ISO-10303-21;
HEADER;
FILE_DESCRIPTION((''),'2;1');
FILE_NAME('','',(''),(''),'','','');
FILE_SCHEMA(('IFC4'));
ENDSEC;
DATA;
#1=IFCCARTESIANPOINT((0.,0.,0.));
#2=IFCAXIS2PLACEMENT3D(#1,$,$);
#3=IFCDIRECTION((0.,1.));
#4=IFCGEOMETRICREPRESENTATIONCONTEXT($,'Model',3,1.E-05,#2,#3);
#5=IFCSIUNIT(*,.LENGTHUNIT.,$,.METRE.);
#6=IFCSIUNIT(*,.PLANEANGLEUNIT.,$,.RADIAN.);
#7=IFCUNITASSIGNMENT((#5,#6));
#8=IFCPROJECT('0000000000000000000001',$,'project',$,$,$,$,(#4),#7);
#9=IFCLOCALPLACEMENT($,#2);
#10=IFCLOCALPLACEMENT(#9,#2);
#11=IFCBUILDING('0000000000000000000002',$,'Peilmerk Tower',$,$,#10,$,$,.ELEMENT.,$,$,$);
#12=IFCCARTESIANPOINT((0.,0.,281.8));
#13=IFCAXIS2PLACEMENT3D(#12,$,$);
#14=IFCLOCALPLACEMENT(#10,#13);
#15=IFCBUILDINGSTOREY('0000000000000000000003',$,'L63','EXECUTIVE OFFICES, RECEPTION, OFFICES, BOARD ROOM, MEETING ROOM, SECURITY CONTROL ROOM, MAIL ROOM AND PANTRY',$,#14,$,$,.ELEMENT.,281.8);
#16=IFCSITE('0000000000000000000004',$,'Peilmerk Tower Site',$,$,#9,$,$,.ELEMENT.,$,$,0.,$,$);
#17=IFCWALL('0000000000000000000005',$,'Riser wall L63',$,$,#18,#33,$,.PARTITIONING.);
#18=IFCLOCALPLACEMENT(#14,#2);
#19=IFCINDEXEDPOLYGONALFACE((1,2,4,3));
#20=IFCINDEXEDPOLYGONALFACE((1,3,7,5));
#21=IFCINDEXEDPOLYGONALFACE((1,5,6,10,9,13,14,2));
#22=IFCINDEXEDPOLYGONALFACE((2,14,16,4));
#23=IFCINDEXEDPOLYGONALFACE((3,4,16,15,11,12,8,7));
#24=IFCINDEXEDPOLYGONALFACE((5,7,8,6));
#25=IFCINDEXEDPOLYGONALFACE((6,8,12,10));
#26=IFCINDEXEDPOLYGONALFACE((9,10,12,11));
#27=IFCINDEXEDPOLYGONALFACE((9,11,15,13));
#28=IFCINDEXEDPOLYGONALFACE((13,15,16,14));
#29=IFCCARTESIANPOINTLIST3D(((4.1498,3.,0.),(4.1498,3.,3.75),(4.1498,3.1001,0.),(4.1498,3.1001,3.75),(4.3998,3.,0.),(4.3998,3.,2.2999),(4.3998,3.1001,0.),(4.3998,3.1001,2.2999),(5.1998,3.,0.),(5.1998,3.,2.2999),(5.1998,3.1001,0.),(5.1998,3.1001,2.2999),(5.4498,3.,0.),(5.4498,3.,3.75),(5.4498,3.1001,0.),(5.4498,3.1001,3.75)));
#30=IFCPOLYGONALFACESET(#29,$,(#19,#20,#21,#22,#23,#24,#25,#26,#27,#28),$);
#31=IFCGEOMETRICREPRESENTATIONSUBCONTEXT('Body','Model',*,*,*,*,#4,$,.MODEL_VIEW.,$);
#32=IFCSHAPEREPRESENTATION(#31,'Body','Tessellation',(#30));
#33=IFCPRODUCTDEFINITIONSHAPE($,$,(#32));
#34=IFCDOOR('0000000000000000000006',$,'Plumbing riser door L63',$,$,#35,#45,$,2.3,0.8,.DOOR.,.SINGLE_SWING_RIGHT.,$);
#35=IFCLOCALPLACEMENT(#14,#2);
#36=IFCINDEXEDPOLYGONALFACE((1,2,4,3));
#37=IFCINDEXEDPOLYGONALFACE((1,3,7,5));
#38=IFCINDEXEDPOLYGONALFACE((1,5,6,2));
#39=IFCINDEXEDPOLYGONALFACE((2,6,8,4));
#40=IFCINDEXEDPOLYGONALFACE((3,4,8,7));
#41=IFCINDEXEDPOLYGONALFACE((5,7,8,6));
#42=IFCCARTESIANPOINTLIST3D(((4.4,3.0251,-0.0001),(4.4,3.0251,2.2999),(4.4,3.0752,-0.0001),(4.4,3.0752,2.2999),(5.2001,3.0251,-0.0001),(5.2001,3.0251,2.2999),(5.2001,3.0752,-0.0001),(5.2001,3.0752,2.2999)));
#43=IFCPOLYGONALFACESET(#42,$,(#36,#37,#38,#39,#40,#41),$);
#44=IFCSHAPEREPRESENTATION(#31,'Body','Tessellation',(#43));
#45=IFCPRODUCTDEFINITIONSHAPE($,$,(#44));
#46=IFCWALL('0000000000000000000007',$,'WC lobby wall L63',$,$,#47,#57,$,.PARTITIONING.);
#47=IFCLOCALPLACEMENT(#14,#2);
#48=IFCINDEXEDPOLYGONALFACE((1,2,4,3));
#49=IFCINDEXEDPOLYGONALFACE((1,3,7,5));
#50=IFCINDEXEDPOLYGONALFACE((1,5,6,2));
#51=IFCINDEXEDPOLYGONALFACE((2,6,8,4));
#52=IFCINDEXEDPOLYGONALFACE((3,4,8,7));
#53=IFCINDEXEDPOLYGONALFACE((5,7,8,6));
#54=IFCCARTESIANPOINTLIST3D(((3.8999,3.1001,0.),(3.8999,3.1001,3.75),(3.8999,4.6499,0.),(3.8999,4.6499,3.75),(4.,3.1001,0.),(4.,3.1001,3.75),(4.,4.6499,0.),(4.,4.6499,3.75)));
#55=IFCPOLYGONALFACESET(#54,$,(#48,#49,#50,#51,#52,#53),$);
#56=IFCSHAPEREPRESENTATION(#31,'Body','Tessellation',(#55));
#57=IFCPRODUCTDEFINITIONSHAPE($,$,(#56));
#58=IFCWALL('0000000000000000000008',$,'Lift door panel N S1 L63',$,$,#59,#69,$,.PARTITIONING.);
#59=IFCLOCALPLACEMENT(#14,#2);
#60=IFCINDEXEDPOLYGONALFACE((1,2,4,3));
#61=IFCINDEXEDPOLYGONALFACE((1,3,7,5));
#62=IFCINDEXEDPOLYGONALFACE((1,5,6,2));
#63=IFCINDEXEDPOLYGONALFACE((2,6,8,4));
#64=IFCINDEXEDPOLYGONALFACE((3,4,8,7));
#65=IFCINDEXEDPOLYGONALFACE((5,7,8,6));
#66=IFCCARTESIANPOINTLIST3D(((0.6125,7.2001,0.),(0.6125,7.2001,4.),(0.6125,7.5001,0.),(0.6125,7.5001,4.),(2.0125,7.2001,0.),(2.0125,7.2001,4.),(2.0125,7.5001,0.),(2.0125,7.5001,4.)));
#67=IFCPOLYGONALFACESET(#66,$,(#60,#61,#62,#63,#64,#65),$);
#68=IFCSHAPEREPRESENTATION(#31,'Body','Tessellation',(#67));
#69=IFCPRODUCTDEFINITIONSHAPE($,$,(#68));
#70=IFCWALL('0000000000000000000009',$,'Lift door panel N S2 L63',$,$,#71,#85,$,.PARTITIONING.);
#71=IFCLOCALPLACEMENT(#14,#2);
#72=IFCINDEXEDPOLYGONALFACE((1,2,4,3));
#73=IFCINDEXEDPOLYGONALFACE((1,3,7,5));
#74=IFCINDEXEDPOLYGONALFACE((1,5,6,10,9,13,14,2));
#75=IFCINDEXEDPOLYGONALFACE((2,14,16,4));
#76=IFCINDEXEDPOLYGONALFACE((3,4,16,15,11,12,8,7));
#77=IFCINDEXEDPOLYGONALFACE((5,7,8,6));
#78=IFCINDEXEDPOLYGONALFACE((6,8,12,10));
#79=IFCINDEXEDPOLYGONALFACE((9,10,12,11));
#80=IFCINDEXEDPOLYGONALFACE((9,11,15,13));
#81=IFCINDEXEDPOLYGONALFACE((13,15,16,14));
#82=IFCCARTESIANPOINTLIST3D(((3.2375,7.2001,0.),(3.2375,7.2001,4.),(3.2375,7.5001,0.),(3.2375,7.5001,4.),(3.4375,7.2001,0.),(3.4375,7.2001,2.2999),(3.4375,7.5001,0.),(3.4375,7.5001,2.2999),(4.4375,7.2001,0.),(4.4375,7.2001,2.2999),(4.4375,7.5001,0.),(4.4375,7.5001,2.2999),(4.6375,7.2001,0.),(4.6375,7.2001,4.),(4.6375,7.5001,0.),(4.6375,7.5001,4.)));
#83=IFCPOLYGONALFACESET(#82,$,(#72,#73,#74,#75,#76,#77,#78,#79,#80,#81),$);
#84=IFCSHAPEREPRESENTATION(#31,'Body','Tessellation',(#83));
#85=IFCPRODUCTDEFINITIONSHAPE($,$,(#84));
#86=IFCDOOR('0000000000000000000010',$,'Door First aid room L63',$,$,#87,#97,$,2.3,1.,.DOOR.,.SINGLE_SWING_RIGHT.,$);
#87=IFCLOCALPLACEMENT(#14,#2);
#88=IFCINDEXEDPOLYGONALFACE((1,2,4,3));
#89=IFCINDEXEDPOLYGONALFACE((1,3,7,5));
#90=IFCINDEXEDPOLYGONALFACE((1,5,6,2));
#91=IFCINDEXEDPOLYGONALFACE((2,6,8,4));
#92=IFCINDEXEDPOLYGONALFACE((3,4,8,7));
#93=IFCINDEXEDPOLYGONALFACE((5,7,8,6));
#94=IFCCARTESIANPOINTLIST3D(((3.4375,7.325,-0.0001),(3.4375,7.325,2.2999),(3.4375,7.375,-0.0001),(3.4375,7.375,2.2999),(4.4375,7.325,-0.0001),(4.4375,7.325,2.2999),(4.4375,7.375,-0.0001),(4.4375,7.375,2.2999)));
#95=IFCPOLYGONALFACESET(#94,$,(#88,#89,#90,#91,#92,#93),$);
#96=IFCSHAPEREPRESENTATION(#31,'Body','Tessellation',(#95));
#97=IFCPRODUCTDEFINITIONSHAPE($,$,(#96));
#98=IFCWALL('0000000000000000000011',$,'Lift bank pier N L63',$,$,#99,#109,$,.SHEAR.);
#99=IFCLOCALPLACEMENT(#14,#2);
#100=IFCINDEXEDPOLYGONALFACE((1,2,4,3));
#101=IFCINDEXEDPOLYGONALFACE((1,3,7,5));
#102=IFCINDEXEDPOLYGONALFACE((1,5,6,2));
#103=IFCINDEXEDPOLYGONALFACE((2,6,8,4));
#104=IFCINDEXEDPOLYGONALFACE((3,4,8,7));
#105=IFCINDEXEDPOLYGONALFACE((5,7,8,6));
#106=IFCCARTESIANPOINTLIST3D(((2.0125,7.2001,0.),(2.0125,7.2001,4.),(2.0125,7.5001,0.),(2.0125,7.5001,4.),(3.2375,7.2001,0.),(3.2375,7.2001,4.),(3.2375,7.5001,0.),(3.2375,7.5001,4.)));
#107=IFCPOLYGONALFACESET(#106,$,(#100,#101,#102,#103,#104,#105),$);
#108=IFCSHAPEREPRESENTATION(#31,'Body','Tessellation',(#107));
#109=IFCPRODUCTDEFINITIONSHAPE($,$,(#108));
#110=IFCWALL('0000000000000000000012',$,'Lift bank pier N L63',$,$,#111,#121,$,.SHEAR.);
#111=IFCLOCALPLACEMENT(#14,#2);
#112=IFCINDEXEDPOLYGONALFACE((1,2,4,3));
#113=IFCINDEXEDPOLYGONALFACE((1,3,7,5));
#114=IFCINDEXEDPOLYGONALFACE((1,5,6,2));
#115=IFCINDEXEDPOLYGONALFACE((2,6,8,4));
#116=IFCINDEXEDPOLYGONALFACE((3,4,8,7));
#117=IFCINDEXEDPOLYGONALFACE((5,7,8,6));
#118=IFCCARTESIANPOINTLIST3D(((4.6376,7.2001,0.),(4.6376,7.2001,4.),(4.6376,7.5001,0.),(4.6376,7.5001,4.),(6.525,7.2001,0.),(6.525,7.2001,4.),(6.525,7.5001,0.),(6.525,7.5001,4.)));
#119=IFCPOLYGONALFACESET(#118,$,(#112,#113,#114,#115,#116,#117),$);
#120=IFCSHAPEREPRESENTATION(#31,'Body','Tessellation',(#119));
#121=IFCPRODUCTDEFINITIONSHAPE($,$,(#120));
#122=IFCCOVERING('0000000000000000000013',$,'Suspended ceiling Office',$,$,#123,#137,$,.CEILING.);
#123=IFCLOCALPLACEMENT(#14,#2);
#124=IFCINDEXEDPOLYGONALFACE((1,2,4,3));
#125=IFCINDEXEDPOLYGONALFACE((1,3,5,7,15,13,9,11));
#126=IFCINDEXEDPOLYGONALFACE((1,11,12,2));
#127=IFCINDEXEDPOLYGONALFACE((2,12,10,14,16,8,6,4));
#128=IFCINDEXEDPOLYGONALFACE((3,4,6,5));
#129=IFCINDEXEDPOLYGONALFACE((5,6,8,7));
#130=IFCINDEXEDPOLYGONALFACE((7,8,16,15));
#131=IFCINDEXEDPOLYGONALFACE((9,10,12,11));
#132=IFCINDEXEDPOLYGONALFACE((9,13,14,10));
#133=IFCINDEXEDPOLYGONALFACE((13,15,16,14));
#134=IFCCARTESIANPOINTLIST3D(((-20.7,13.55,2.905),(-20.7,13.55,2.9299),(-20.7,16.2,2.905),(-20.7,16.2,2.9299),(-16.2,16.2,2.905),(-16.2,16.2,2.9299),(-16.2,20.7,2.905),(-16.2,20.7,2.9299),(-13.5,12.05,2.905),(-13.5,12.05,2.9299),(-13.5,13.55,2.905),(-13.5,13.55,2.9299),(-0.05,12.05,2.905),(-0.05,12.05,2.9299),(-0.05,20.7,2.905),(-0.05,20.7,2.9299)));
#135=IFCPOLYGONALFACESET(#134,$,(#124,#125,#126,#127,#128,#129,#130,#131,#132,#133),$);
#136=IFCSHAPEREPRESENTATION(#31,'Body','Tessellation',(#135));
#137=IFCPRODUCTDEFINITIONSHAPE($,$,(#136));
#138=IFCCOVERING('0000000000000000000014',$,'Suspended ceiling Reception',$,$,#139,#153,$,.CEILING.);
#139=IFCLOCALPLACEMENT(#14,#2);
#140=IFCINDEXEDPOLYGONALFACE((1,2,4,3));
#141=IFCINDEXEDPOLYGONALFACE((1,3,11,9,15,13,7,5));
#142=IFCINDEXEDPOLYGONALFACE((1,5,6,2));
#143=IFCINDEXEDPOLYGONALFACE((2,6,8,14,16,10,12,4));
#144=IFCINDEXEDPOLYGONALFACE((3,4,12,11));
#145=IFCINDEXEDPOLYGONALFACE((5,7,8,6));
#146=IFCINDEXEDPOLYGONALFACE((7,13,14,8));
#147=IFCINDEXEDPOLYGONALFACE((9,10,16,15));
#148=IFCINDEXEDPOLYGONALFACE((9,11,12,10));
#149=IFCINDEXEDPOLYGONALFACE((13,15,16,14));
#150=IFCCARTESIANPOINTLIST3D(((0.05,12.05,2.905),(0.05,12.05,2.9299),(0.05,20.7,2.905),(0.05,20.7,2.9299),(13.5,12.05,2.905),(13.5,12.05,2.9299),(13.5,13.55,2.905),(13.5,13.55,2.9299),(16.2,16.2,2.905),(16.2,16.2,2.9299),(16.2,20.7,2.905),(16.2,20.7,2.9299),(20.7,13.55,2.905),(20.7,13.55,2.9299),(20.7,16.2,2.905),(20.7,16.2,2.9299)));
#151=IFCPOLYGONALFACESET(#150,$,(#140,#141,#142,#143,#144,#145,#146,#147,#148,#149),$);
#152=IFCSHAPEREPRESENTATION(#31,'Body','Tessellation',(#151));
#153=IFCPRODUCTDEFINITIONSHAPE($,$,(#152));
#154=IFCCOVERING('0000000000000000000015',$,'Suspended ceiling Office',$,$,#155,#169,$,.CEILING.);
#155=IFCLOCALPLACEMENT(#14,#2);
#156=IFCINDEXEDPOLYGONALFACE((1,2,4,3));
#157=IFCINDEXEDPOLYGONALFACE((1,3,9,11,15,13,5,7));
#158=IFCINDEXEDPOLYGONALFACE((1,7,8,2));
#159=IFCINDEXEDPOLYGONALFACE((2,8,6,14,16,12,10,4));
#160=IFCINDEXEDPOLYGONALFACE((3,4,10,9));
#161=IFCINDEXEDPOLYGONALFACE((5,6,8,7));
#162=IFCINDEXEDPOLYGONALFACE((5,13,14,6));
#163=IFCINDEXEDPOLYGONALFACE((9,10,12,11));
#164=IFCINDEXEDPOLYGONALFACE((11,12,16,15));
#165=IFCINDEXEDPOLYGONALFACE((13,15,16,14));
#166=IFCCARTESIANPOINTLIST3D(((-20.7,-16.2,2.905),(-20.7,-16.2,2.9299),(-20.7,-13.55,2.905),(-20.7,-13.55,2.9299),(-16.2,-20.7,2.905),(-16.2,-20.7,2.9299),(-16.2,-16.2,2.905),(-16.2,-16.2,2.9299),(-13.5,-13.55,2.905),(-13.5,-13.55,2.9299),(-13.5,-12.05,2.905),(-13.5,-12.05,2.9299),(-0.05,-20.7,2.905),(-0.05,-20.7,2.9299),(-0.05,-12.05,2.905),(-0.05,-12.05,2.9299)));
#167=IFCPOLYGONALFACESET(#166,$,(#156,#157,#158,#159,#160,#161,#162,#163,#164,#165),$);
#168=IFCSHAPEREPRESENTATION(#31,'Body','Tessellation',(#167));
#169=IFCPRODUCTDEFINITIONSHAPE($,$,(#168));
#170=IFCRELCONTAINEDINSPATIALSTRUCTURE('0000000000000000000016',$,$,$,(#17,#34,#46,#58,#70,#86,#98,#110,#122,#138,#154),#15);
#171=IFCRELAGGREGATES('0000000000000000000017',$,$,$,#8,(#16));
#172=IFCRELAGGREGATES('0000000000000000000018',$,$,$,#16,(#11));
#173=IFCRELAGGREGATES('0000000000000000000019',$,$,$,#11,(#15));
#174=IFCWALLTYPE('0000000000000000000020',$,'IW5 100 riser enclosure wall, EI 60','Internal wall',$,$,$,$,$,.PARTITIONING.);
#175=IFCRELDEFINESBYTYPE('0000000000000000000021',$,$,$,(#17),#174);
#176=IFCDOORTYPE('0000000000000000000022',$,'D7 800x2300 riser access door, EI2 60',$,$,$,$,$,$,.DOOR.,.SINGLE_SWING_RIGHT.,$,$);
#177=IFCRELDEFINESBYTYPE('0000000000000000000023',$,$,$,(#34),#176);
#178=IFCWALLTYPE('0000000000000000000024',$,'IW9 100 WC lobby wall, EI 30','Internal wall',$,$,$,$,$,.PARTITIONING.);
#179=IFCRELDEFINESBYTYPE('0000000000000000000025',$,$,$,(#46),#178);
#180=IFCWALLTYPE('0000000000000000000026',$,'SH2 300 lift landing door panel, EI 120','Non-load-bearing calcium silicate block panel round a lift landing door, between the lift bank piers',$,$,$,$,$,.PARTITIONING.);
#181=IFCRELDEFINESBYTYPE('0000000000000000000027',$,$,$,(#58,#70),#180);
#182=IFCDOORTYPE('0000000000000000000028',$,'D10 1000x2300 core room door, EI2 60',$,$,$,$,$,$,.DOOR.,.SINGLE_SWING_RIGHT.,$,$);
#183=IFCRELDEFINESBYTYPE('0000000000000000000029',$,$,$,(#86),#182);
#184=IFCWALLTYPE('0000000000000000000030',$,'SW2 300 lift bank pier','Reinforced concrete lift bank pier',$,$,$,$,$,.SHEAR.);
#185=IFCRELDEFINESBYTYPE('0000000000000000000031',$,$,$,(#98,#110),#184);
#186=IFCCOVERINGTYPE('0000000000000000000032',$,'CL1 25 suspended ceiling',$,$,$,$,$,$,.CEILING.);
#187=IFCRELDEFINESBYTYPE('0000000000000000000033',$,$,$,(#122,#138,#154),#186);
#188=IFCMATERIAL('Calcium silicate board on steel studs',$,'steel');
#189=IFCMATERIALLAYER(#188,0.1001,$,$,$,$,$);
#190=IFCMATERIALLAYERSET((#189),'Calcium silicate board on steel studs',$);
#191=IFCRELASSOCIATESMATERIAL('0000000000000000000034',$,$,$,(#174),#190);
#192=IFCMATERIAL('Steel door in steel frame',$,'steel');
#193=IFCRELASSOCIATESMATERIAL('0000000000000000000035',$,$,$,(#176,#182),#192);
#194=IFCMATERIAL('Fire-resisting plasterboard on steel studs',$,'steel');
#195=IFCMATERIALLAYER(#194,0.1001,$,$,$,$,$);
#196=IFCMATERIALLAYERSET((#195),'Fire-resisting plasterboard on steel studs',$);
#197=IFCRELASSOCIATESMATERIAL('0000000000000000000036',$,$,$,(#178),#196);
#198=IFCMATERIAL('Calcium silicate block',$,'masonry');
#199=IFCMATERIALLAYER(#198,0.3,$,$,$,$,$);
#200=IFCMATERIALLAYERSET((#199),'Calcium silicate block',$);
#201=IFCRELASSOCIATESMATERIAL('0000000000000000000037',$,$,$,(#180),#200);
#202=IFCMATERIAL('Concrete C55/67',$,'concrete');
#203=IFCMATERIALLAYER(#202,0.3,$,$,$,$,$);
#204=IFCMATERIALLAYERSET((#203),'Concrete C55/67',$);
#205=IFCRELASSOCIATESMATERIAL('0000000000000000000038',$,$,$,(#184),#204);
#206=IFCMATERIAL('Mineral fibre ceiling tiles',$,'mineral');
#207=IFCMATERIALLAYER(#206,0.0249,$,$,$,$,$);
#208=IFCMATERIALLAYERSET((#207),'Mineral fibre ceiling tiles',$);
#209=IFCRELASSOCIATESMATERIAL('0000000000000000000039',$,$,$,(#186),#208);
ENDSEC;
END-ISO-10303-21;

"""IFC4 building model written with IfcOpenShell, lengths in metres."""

from ifc_helpers import new_model, si_unit, direction, frame, frame_2d, origin, place, context, subcontext, project, spatial, polyline, rectangle, outline, extrude, material, layer, layer_set, type_object, element, fill, save


model = new_model("IFC4")

# Units and contexts
model_context = context("Model", 3, precision=1e-05, world=origin(), true_north=direction((0.0, 1.0)))
body_context = subcontext(model_context, "Body", "Model", "MODEL_VIEW")
ifc_project = project(units=[si_unit("LENGTHUNIT", "METRE"), si_unit("PLANEANGLEUNIT", "RADIAN")], contexts=[model_context])

# Site, building, storey
site_placement = place(None, origin())
site = spatial("IfcSite", under=ifc_project, at=site_placement, Name="Peilmerk Tower Site", CompositionType="ELEMENT", RefElevation=0.0)
building_placement = place(site_placement, origin())
building = spatial("IfcBuilding", under=site, at=building_placement, Name="Peilmerk Tower", CompositionType="ELEMENT")
storey_placement = place(building_placement, frame((0.0, 0.0, 281.8)))
storey = spatial("IfcBuildingStorey", under=building, at=storey_placement, Name="L63", Description="EXECUTIVE OFFICES, RECEPTION, OFFICES, BOARD ROOM, MEETING ROOM, SECURITY CONTROL ROOM, MAIL ROOM AND PANTRY", CompositionType="ELEMENT", Elevation=281.8)

# Wall, opening, door
ifc_material_1 = material(Name="Calcium silicate board on steel studs", Category="steel")
ifc_layer_1 = layer(ifc_material_1, 0.1001)
ifc_layer_set_1 = layer_set([ifc_layer_1], Name="Calcium silicate board on steel studs")
wall_type_1 = type_object("IfcWallType", Name="IW5 100 riser enclosure wall, EI 60", Description="Internal wall", PredefinedType="PARTITIONING", material=ifc_layer_set_1)
wall_1_placement = place(storey_placement, frame((4.1499, 3.05, 0.0), z_axis=(0.0, 0.0, 1.0), x_axis=(1.0, 0.0, 0.0)))
wall_1 = element("IfcWall", 1, at=wall_1_placement, inside=storey, type_object=wall_type_1, Name="Riser wall L63", PredefinedType="PARTITIONING", context=body_context, shape_type="SweptSolid", body=[
    extrude(rectangle(XDim=1.3, YDim=0.1001, at=frame_2d((0.6499, 0.0))), origin(), (0.0, 0.0, 1.0), 3.75),
])
opening_1_placement = place(wall_1_placement, frame((0.25, 0.0, 0.0)))
opening_1 = element("IfcOpeningElement", 2, at=opening_1_placement, cuts=wall_1, PredefinedType="OPENING", context=body_context, shape_type="SweptSolid", body=[
    extrude(rectangle(XDim=0.8, YDim=2.3, at=frame_2d((0.3999, 1.1499))), frame((0.0, 0.0601, 0.0), z_axis=(0.0, -1.0, 0.0), x_axis=(1.0, 0.0, 0.0)), (0.0, 0.0, 1.0), 0.1201),
])
ifc_material_2 = material(Name="Steel door in steel frame", Category="steel")
door_type_1 = type_object("IfcDoorType", Name="D7 800x2300 riser access door, EI2 60", OperationType="SINGLE_SWING_RIGHT", PredefinedType="DOOR", material=ifc_material_2)
door_1_placement = place(opening_1_placement, frame((0.8, 0.0, 0.0), z_axis=(0.0, 0.0, 1.0), x_axis=(-1.0, 0.0, 0.0)))
door_1 = element("IfcDoor", 3, at=door_1_placement, inside=storey, type_object=door_type_1, Name="Plumbing riser door L63", OperationType="SINGLE_SWING_RIGHT", OverallHeight=2.3, OverallWidth=0.8, PredefinedType="DOOR", context=body_context, shape_type="SweptSolid", body=[
    extrude(rectangle(XDim=0.8, YDim=2.3, at=frame_2d((0.3999, 1.1499))), frame((0.0, 0.0249, 0.0), z_axis=(0.0, -1.0, 0.0), x_axis=(1.0, 0.0, 0.0)), (0.0, 0.0, 1.0), 0.05),
])
fill(opening_1, door_1)

# Walls
ifc_material_3 = material(Name="Fire-resisting plasterboard on steel studs", Category="steel")
ifc_layer_2 = layer(ifc_material_3, 0.1001)
ifc_layer_set_2 = layer_set([ifc_layer_2], Name="Fire-resisting plasterboard on steel studs")
wall_type_2 = type_object("IfcWallType", Name="IW9 100 WC lobby wall, EI 30", Description="Internal wall", PredefinedType="PARTITIONING", material=ifc_layer_set_2)
wall_2_placement = place(storey_placement, frame((3.95, 3.1001, 0.0), z_axis=(0.0, 0.0, 1.0), x_axis=(0.0, 1.0, 0.0)))
element("IfcWall", 4, at=wall_2_placement, inside=storey, type_object=wall_type_2, Name="WC lobby wall L63", PredefinedType="PARTITIONING", context=body_context, shape_type="SweptSolid", body=[
    extrude(rectangle(XDim=1.5498, YDim=0.1001, at=frame_2d((0.7749, 0.0))), origin(), (0.0, 0.0, 1.0), 3.75),
])
ifc_material_4 = material(Name="Calcium silicate block", Category="masonry")
ifc_layer_3 = layer(ifc_material_4, 0.3)
ifc_layer_set_3 = layer_set([ifc_layer_3], Name="Calcium silicate block")
wall_type_3 = type_object("IfcWallType", Name="SH2 300 lift landing door panel, EI 120", Description="Non-load-bearing calcium silicate block panel round a lift landing door, between the lift bank piers", PredefinedType="PARTITIONING", material=ifc_layer_set_3)
wall_3_placement = place(storey_placement, frame((0.6125, 7.3501, 0.0), z_axis=(0.0, 0.0, 1.0), x_axis=(1.0, 0.0, 0.0)))
element("IfcWall", 5, at=wall_3_placement, inside=storey, type_object=wall_type_3, Name="Lift door panel N S1 L63", PredefinedType="PARTITIONING", context=body_context, shape_type="SweptSolid", body=[
    extrude(rectangle(XDim=1.3999, YDim=0.3, at=frame_2d((0.7, 0.0))), origin(), (0.0, 0.0, 1.0), 4.0),
])

# Wall, opening, door
wall_4_placement = place(storey_placement, frame((3.2375, 7.3501, 0.0), z_axis=(0.0, 0.0, 1.0), x_axis=(1.0, 0.0, 0.0)))
wall_4 = element("IfcWall", 6, at=wall_4_placement, inside=storey, type_object=wall_type_3, Name="Lift door panel N S2 L63", PredefinedType="PARTITIONING", context=body_context, shape_type="SweptSolid", body=[
    extrude(rectangle(XDim=1.3999, YDim=0.3, at=frame_2d((0.7, 0.0))), origin(), (0.0, 0.0, 1.0), 4.0),
])
opening_2_placement = place(wall_4_placement, frame((0.2, 0.0, 0.0)))
opening_2 = element("IfcOpeningElement", 7, at=opening_2_placement, cuts=wall_4, PredefinedType="OPENING", context=body_context, shape_type="SweptSolid", body=[
    extrude(rectangle(XDim=1.0, YDim=2.3, at=frame_2d((0.5, 1.1499))), frame((0.0, 0.1599, 0.0), z_axis=(0.0, -1.0, 0.0), x_axis=(1.0, 0.0, 0.0)), (0.0, 0.0, 1.0), 0.3201),
])
door_type_2 = type_object("IfcDoorType", Name="D10 1000x2300 core room door, EI2 60", OperationType="SINGLE_SWING_RIGHT", PredefinedType="DOOR", material=ifc_material_2)
door_2_placement = place(opening_2_placement, origin())
door_2 = element("IfcDoor", 8, at=door_2_placement, inside=storey, type_object=door_type_2, Name="Door First aid room L63", OperationType="SINGLE_SWING_RIGHT", OverallHeight=2.3, OverallWidth=1.0, PredefinedType="DOOR", context=body_context, shape_type="SweptSolid", body=[
    extrude(rectangle(XDim=1.0, YDim=2.3, at=frame_2d((0.5, 1.1499))), frame((0.0, 0.0249, 0.0), z_axis=(0.0, -1.0, 0.0), x_axis=(1.0, 0.0, 0.0)), (0.0, 0.0, 1.0), 0.05),
])
fill(opening_2, door_2)

# Walls
ifc_material_5 = material(Name="Concrete C55/67", Category="concrete")
ifc_layer_4 = layer(ifc_material_5, 0.3)
ifc_layer_set_4 = layer_set([ifc_layer_4], Name="Concrete C55/67")
wall_type_4 = type_object("IfcWallType", Name="SW2 300 lift bank pier", Description="Reinforced concrete lift bank pier", PredefinedType="SHEAR", material=ifc_layer_set_4)
wall_5_placement = place(storey_placement, frame((2.0125, 7.3501, 0.0), z_axis=(0.0, 0.0, 1.0), x_axis=(1.0, 0.0, 0.0)))
element("IfcWall", 9, at=wall_5_placement, inside=storey, type_object=wall_type_4, Name="Lift bank pier N L63", PredefinedType="SHEAR", context=body_context, shape_type="SweptSolid", body=[
    extrude(rectangle(XDim=1.2251, YDim=0.3, at=frame_2d((0.6125, 0.0))), origin(), (0.0, 0.0, 1.0), 4.0),
])
wall_6_placement = place(storey_placement, frame((4.6375, 7.3501, 0.0), z_axis=(0.0, 0.0, 1.0), x_axis=(1.0, 0.0, 0.0)))
element("IfcWall", 10, at=wall_6_placement, inside=storey, type_object=wall_type_4, Name="Lift bank pier N L63", PredefinedType="SHEAR", context=body_context, shape_type="SweptSolid", body=[
    extrude(rectangle(XDim=1.8875, YDim=0.3, at=frame_2d((0.9438, 0.0))), origin(), (0.0, 0.0, 1.0), 4.0),
])

# Coverings
ifc_material_6 = material(Name="Mineral fibre ceiling tiles", Category="mineral")
ifc_layer_5 = layer(ifc_material_6, 0.0249)
ifc_layer_set_5 = layer_set([ifc_layer_5], Name="Mineral fibre ceiling tiles")
covering_type = type_object("IfcCoveringType", Name="CL1 25 suspended ceiling", PredefinedType="CEILING", material=ifc_layer_set_5)
covering_1_placement = place(storey_placement, frame((0.0, 0.0, 2.905)))
element("IfcCovering", 11, at=covering_1_placement, inside=storey, type_object=covering_type, Name="Suspended ceiling Office", PredefinedType="CEILING", context=body_context, shape_type="SweptSolid", body=[
    extrude(outline(polyline([(-20.7, 16.2), (-20.7, 13.55), (-13.5, 13.55), (-13.5, 12.05), (-0.05, 12.05), (-0.05, 20.7), (-16.2, 20.7), (-16.2, 16.2), (-20.7, 16.2)])), origin(), (0.0, 0.0, 1.0), 0.0249),
])
covering_2_placement = place(storey_placement, frame((0.0, 0.0, 2.905)))
element("IfcCovering", 12, at=covering_2_placement, inside=storey, type_object=covering_type, Name="Suspended ceiling Reception", PredefinedType="CEILING", context=body_context, shape_type="SweptSolid", body=[
    extrude(outline(polyline([(16.2, 20.7), (0.05, 20.7), (0.05, 12.05), (13.5, 12.05), (13.5, 13.55), (20.7, 13.55), (20.7, 16.2), (16.2, 16.2), (16.2, 20.7)])), origin(), (0.0, 0.0, 1.0), 0.0249),
])
covering_3_placement = place(storey_placement, frame((0.0, 0.0, 2.905)))
element("IfcCovering", 13, at=covering_3_placement, inside=storey, type_object=covering_type, Name="Suspended ceiling Office", PredefinedType="CEILING", context=body_context, shape_type="SweptSolid", body=[
    extrude(outline(polyline([(-16.2, -20.7), (-0.05, -20.7), (-0.05, -12.05), (-13.5, -12.05), (-13.5, -13.55), (-20.7, -13.55), (-20.7, -16.2), (-16.2, -16.2), (-16.2, -20.7)])), origin(), (0.0, 0.0, 1.0), 0.0249),
])

save(model, "model.ifc")
